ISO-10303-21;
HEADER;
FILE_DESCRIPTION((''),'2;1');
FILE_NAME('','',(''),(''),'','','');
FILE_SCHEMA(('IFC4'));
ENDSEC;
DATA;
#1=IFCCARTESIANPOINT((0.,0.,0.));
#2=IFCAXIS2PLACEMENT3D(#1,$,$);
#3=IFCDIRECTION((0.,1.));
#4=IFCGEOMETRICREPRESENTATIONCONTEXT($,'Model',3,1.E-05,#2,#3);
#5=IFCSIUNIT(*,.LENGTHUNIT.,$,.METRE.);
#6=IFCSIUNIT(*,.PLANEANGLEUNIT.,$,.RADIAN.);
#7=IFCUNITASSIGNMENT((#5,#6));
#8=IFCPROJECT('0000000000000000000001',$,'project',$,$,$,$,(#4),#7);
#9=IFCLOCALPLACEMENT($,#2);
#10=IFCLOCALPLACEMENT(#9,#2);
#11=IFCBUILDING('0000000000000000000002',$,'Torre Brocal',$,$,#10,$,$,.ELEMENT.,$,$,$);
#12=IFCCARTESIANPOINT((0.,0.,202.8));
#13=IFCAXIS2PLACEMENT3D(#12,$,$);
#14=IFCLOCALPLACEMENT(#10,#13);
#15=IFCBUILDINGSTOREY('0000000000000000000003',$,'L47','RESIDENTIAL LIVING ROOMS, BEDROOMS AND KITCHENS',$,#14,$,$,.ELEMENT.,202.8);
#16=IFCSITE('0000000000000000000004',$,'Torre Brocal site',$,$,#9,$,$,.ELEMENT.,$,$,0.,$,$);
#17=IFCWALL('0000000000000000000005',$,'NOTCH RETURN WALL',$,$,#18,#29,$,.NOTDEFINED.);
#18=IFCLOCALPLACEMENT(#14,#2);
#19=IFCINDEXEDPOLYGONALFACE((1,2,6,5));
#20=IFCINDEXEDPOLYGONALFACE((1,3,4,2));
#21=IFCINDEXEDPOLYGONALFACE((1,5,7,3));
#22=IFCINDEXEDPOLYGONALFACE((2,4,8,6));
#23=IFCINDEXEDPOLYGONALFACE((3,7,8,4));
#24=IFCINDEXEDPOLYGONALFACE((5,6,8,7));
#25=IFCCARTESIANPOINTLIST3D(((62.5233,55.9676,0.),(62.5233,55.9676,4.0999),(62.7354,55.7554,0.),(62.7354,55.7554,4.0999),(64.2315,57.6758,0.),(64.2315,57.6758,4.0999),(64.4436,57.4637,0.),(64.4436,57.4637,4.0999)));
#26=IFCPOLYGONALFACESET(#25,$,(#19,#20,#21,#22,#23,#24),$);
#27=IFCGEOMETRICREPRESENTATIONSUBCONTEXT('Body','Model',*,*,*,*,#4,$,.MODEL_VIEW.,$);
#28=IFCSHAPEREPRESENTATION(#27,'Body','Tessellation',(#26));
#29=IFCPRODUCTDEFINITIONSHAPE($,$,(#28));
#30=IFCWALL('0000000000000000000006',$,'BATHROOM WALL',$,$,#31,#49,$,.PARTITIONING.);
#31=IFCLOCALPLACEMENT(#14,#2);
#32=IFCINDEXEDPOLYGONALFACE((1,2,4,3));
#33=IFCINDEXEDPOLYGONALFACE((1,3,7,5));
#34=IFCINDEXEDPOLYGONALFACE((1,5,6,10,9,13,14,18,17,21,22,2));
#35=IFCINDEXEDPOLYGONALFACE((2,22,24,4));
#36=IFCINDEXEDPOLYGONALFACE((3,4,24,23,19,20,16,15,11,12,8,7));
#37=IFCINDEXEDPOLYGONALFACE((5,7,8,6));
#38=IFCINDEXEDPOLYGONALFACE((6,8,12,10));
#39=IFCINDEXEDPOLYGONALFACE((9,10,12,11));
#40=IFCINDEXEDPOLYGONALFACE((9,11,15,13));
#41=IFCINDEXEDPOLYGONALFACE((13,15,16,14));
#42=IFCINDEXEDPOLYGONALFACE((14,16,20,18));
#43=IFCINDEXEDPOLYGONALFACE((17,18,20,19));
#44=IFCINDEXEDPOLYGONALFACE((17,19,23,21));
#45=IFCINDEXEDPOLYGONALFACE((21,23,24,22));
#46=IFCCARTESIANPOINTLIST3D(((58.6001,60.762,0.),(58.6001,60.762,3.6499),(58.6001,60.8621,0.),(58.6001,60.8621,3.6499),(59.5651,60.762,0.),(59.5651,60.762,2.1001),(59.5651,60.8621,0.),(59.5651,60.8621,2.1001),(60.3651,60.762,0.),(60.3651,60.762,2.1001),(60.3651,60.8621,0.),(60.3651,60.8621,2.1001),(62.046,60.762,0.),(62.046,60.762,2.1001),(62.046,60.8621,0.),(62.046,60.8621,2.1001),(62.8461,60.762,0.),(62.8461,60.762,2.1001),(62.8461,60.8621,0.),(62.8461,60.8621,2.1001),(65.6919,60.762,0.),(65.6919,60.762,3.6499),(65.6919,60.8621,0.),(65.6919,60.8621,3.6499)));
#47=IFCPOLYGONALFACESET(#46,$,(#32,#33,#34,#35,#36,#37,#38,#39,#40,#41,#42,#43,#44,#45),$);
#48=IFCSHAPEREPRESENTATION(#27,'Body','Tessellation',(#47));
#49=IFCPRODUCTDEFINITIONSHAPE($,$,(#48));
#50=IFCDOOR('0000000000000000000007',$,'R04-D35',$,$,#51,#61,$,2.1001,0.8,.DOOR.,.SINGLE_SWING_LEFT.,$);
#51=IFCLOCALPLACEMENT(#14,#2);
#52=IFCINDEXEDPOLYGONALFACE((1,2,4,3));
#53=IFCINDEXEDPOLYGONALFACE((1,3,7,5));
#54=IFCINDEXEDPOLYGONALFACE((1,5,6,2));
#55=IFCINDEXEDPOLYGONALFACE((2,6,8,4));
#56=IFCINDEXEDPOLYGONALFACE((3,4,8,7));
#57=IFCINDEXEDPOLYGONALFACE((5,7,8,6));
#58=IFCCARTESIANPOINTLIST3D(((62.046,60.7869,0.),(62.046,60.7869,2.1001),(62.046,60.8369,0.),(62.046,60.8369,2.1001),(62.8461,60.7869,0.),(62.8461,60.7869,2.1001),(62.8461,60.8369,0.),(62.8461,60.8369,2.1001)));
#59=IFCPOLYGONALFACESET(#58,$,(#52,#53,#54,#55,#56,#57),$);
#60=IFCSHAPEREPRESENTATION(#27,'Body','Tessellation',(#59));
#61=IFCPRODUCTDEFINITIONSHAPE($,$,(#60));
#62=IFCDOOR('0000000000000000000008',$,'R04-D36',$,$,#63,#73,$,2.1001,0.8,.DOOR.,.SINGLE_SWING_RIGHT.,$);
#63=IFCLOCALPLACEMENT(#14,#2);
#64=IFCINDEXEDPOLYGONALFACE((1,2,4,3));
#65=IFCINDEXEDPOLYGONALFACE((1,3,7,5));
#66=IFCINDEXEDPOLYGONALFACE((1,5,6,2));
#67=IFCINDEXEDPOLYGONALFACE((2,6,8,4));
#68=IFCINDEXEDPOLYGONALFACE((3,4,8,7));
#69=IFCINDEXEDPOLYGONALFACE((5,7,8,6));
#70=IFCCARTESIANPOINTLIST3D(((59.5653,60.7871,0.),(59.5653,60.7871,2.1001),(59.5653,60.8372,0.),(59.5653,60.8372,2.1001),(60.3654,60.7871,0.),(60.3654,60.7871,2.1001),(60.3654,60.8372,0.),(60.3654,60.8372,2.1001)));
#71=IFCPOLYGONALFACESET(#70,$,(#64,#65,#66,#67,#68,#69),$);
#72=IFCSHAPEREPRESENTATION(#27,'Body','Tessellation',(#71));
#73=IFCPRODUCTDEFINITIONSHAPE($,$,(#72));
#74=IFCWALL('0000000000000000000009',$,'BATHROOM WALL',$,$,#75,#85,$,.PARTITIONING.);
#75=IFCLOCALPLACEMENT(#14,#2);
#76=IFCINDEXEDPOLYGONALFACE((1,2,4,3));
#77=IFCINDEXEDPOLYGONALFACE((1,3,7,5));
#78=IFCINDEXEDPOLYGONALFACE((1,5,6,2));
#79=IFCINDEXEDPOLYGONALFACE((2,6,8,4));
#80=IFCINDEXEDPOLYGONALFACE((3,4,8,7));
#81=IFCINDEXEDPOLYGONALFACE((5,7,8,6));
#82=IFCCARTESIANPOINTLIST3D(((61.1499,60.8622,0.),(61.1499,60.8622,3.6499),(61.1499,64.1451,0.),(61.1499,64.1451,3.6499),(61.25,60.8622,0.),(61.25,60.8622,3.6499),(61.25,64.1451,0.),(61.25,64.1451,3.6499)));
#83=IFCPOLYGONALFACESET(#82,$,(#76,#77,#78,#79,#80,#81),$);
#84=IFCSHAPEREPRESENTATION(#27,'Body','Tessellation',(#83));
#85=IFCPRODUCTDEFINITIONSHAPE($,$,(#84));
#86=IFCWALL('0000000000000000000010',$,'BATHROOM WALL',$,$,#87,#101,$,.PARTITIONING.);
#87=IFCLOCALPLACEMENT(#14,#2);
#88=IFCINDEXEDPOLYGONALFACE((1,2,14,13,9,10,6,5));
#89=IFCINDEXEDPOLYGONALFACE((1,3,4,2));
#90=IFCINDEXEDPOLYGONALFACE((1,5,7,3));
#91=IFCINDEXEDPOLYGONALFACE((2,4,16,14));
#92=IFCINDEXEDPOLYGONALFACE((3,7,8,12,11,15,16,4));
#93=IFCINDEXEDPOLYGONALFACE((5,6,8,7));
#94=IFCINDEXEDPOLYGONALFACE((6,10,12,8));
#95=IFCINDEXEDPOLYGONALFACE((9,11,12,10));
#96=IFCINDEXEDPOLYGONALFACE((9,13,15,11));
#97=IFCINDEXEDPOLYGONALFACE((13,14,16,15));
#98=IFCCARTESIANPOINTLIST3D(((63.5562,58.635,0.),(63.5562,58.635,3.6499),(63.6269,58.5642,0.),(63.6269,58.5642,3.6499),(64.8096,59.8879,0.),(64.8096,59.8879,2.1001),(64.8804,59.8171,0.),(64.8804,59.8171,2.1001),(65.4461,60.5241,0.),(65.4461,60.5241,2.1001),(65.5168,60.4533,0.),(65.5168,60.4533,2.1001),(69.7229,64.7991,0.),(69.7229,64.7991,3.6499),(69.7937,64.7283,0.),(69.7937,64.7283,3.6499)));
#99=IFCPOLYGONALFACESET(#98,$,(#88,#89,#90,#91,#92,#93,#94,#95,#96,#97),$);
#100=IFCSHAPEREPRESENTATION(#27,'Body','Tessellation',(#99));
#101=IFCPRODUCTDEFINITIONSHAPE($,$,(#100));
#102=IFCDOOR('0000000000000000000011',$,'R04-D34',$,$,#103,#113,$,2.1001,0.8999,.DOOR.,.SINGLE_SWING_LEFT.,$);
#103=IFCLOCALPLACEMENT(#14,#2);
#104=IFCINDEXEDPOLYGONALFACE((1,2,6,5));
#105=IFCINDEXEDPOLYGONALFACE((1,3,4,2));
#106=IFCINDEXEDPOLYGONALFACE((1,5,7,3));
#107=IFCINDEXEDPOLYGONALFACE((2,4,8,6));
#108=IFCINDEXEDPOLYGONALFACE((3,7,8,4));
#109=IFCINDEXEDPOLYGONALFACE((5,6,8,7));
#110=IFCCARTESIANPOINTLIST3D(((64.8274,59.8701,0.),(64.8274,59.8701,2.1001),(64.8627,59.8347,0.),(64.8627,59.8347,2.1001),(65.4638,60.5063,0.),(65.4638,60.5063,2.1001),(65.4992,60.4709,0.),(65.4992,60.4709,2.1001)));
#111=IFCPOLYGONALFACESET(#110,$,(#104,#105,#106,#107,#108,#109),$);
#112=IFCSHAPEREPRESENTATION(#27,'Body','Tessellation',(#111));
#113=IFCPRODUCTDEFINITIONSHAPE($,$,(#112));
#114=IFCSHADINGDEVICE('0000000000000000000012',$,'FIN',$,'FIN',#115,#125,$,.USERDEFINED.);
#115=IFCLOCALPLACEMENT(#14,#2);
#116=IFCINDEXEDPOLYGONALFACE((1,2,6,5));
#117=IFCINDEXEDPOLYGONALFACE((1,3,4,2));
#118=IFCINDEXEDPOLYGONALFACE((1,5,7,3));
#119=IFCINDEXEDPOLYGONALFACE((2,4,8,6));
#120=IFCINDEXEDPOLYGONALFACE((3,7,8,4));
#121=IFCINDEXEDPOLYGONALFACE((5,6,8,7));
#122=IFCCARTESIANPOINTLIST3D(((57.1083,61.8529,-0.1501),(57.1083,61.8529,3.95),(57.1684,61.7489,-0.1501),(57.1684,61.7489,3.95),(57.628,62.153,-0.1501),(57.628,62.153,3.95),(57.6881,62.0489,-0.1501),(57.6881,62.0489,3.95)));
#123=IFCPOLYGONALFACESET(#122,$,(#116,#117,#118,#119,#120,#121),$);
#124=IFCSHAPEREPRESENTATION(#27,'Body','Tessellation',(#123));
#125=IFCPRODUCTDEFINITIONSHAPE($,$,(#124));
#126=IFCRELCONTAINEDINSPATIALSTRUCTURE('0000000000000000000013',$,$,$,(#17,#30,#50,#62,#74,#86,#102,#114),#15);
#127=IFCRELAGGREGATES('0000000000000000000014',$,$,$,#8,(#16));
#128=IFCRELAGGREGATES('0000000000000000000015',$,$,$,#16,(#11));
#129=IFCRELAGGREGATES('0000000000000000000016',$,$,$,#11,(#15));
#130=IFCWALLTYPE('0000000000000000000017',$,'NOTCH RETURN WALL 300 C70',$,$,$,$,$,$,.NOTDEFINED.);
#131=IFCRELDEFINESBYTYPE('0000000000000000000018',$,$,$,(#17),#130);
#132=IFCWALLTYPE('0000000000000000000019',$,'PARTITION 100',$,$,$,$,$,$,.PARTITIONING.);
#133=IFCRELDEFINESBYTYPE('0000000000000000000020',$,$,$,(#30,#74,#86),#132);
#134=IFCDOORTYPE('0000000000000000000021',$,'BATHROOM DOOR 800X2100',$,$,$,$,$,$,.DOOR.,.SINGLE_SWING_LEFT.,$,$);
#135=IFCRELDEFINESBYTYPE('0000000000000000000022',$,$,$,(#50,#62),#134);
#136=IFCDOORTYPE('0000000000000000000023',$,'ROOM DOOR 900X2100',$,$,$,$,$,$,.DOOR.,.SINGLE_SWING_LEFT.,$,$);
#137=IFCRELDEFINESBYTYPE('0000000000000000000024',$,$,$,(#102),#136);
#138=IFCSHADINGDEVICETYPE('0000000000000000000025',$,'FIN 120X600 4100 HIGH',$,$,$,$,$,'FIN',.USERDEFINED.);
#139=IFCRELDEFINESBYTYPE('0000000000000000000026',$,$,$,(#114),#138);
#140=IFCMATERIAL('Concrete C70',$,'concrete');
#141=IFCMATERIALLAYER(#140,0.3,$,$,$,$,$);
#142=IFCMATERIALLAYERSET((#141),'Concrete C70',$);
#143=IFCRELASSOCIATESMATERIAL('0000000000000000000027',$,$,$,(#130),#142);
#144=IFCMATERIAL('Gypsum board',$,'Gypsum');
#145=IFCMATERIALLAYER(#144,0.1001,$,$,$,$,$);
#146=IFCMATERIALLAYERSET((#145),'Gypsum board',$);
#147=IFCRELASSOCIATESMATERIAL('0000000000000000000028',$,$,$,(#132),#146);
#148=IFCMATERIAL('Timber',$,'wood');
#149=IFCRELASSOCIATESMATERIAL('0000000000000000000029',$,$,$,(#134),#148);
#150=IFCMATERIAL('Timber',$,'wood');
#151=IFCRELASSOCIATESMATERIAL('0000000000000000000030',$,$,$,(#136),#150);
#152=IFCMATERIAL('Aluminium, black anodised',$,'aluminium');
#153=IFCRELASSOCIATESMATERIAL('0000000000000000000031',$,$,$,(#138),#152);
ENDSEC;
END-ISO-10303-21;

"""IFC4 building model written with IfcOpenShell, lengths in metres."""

from ifc_helpers import new_model, si_unit, direction, frame, frame_2d, origin, origin_2d, place, context, subcontext, project, spatial, rectangle, extrude, material, layer, layer_set, material_profile, profile_set, type_object, element, fill, save


model = new_model("IFC4")

# Units and contexts
model_context = context("Model", 3, precision=1e-05, world=origin(), true_north=direction((0.0, 1.0)))
body_context = subcontext(model_context, "Body", "Model", "MODEL_VIEW")
ifc_project = project(units=[si_unit("LENGTHUNIT", "METRE"), si_unit("PLANEANGLEUNIT", "RADIAN")], contexts=[model_context])

# Site, building, storey
site_placement = place(None, origin())
site = spatial("IfcSite", under=ifc_project, at=site_placement, Name="Torre Brocal site", CompositionType="ELEMENT", RefElevation=0.0)
building_placement = place(site_placement, origin())
building = spatial("IfcBuilding", under=site, at=building_placement, Name="Torre Brocal", CompositionType="ELEMENT")
storey_placement = place(building_placement, frame((0.0, 0.0, 202.8)))
storey = spatial("IfcBuildingStorey", under=building, at=storey_placement, Name="L47", Description="RESIDENTIAL LIVING ROOMS, BEDROOMS AND KITCHENS", CompositionType="ELEMENT", Elevation=202.8)

# Wall
ifc_material_1 = material(Name="Concrete C70", Category="concrete")
ifc_layer_1 = layer(ifc_material_1, 0.3)
ifc_layer_set_1 = layer_set([ifc_layer_1], Name="Concrete C70")
wall_type_1 = type_object("IfcWallType", Name="NOTCH RETURN WALL 300 C70", PredefinedType="NOTDEFINED", material=ifc_layer_set_1)
for number, where, z_axis, x_axis, name in (
    (1, (64.3376, 57.5698, 0.0), (0.0, 0.0, 1.0), (-0.707107, -0.707107, 0.0), "NOTCH RETURN WALL"),
):
    element("IfcWall", number, at=place(storey_placement, frame(where, z_axis=z_axis, x_axis=x_axis)), inside=storey, type_object=wall_type_1, Name=name, PredefinedType="NOTDEFINED", context=body_context, shape_type="SweptSolid", body=[
        extrude(rectangle(XDim=2.4158, YDim=0.3, at=frame_2d((1.208, 0.0))), origin(), (0.0, 0.0, 1.0), 4.0999),
    ])

# Wall, openings, doors
ifc_material_2 = material(Name="Gypsum board", Category="Gypsum")
ifc_layer_2 = layer(ifc_material_2, 0.1001)
ifc_layer_set_2 = layer_set([ifc_layer_2], Name="Gypsum board")
wall_type_2 = type_object("IfcWallType", Name="PARTITION 100", PredefinedType="PARTITIONING", material=ifc_layer_set_2)
wall_1_placement = place(storey_placement, frame((58.6001, 60.812, 0.0), z_axis=(0.0, 0.0, 1.0), x_axis=(1.0, 0.0, 0.0)))
wall_1 = element("IfcWall", 2, at=wall_1_placement, inside=storey, type_object=wall_type_2, Name="BATHROOM WALL", PredefinedType="PARTITIONING", context=body_context, shape_type="SweptSolid", body=[
    extrude(rectangle(XDim=7.0918, YDim=0.1001, at=frame_2d((3.5459, 0.0))), origin(), (0.0, 0.0, 1.0), 3.6499),
])
opening_1_placement = place(wall_1_placement, frame((3.446, 0.0, 0.0)))
opening_1 = element("IfcOpeningElement", 3, at=opening_1_placement, cuts=wall_1, PredefinedType="OPENING", context=body_context, shape_type="SweptSolid", body=[
    extrude(rectangle(XDim=0.8, YDim=2.1001, at=frame_2d((0.3999, 1.05))), frame((0.0, 0.0601, 0.0), z_axis=(0.0, -1.0, 0.0), x_axis=(1.0, 0.0, 0.0)), (0.0, 0.0, 1.0), 0.1201),
])
opening_2_placement = place(wall_1_placement, frame((0.9651, 0.0, 0.0)))
opening_2 = element("IfcOpeningElement", 4, at=opening_2_placement, cuts=wall_1, PredefinedType="OPENING", context=body_context, shape_type="SweptSolid", body=[
    extrude(rectangle(XDim=0.8, YDim=2.1001, at=frame_2d((0.3999, 1.05))), frame((0.0, 0.0601, 0.0), z_axis=(0.0, -1.0, 0.0), x_axis=(1.0, 0.0, 0.0)), (0.0, 0.0, 1.0), 0.1201),
])
ifc_material_3 = material(Name="Timber", Category="wood")
door_type_1 = type_object("IfcDoorType", Name="BATHROOM DOOR 800X2100", OperationType="SINGLE_SWING_LEFT", PredefinedType="DOOR", material=ifc_material_3)
door_1_placement = place(opening_1_placement, origin())
door_1 = element("IfcDoor", 5, at=door_1_placement, inside=storey, type_object=door_type_1, Name="R04-D35", OperationType="SINGLE_SWING_LEFT", OverallHeight=2.1001, OverallWidth=0.8, PredefinedType="DOOR", context=body_context, shape_type="SweptSolid", body=[
    extrude(rectangle(XDim=0.8, YDim=2.1001, at=frame_2d((0.3999, 1.05))), frame((0.0, 0.0249, 0.0), z_axis=(0.0, -1.0, 0.0), x_axis=(1.0, 0.0, 0.0)), (0.0, 0.0, 1.0), 0.05),
])
fill(opening_1, door_1)
door_2_placement = place(opening_2_placement, frame((0.8, 0.0, 0.0), z_axis=(0.0, 0.0, 1.0), x_axis=(-1.0, 0.0, 0.0)))
door_2 = element("IfcDoor", 6, at=door_2_placement, inside=storey, type_object=door_type_1, Name="R04-D36", OperationType="SINGLE_SWING_RIGHT", OverallHeight=2.1001, OverallWidth=0.8, PredefinedType="DOOR", context=body_context, shape_type="SweptSolid", body=[
    extrude(rectangle(XDim=0.8, YDim=2.1001, at=frame_2d((0.3999, 1.05))), frame((0.0, 0.0249, 0.0), z_axis=(0.0, -1.0, 0.0), x_axis=(1.0, 0.0, 0.0)), (0.0, 0.0, 1.0), 0.05),
])
fill(opening_2, door_2)

# Wall
wall_2_placement = place(storey_placement, frame((61.2, 60.8621, 0.0), z_axis=(0.0, 0.0, 1.0), x_axis=(0.0, 1.0, 0.0)))
element("IfcWall", 7, at=wall_2_placement, inside=storey, type_object=wall_type_2, Name="BATHROOM WALL", PredefinedType="PARTITIONING", context=body_context, shape_type="SweptSolid", body=[
    extrude(rectangle(XDim=3.283, YDim=0.1001, at=frame_2d((1.6416, 0.0))), origin(), (0.0, 0.0, 1.0), 3.6499),
])

# Wall, opening, door
wall_3_placement = place(storey_placement, frame((63.5916, 58.5996, 0.0), z_axis=(0.0, 0.0, 1.0), x_axis=(0.707261, 0.706953, 0.0)))
wall_3 = element("IfcWall", 8, at=wall_3_placement, inside=storey, type_object=wall_type_2, Name="BATHROOM WALL", PredefinedType="PARTITIONING", context=body_context, shape_type="SweptSolid", body=[
    extrude(rectangle(XDim=8.7192, YDim=0.1001, at=frame_2d((4.3596, 0.0))), origin(), (0.0, 0.0, 1.0), 3.6499),
])
opening_3_placement = place(wall_3_placement, frame((1.7722, 0.0, 0.0)))
opening_3 = element("IfcOpeningElement", 9, at=opening_3_placement, cuts=wall_3, PredefinedType="OPENING", context=body_context, shape_type="SweptSolid", body=[
    extrude(rectangle(XDim=0.8999, YDim=2.1001, at=frame_2d((0.45, 1.05))), frame((0.0, 0.0601, 0.0), z_axis=(0.0, -1.0, 0.0), x_axis=(1.0, 0.0, 0.0)), (0.0, 0.0, 1.0), 0.1201),
])
ifc_material_4 = material(Name="Timber", Category="wood")
door_type_2 = type_object("IfcDoorType", Name="ROOM DOOR 900X2100", OperationType="SINGLE_SWING_LEFT", PredefinedType="DOOR", material=ifc_material_4)
door_3_placement = place(opening_3_placement, origin())
door_3 = element("IfcDoor", 10, at=door_3_placement, inside=storey, type_object=door_type_2, Name="R04-D34", OperationType="SINGLE_SWING_LEFT", OverallHeight=2.1001, OverallWidth=0.8999, PredefinedType="DOOR", context=body_context, shape_type="SweptSolid", body=[
    extrude(rectangle(XDim=0.8999, YDim=2.1001, at=frame_2d((0.45, 1.05))), frame((0.0, 0.0249, 0.0), z_axis=(0.0, -1.0, 0.0), x_axis=(1.0, 0.0, 0.0)), (0.0, 0.0, 1.0), 0.05),
])
fill(opening_3, door_3)

# Shading device
ifc_material_5 = material(Name="Aluminium, black anodised", Category="aluminium")
ifc_material_profile_1 = material_profile(ifc_material_5, rectangle(XDim=0.1201, YDim=0.6001, at=origin_2d()), Name="FIN 120X600 4100 HIGH")
ifc_profile_set_1 = profile_set([ifc_material_profile_1], Name="Aluminium, black anodised")
shading_device_type = type_object("IfcShadingDeviceType", Name="FIN 120X600 4100 HIGH", ElementType="FIN", PredefinedType="USERDEFINED", material=ifc_profile_set_1)
shading_device_placement = place(storey_placement, frame((57.3982, 61.9509, -0.1501), z_axis=(0.0, 0.0, 1.0), x_axis=(0.5, -0.866025, 0.0)))
element("IfcShadingDevice", 11, at=shading_device_placement, inside=storey, type_object=shading_device_type, Name="FIN", ObjectType="FIN", PredefinedType="USERDEFINED", context=body_context, shape_type="SweptSolid", body=[
    extrude(rectangle(XDim=0.1201, YDim=0.6001, at=origin_2d()), origin(), (0.0, 0.0, 1.0), 4.1001),
])

save(model, "model.ifc")
